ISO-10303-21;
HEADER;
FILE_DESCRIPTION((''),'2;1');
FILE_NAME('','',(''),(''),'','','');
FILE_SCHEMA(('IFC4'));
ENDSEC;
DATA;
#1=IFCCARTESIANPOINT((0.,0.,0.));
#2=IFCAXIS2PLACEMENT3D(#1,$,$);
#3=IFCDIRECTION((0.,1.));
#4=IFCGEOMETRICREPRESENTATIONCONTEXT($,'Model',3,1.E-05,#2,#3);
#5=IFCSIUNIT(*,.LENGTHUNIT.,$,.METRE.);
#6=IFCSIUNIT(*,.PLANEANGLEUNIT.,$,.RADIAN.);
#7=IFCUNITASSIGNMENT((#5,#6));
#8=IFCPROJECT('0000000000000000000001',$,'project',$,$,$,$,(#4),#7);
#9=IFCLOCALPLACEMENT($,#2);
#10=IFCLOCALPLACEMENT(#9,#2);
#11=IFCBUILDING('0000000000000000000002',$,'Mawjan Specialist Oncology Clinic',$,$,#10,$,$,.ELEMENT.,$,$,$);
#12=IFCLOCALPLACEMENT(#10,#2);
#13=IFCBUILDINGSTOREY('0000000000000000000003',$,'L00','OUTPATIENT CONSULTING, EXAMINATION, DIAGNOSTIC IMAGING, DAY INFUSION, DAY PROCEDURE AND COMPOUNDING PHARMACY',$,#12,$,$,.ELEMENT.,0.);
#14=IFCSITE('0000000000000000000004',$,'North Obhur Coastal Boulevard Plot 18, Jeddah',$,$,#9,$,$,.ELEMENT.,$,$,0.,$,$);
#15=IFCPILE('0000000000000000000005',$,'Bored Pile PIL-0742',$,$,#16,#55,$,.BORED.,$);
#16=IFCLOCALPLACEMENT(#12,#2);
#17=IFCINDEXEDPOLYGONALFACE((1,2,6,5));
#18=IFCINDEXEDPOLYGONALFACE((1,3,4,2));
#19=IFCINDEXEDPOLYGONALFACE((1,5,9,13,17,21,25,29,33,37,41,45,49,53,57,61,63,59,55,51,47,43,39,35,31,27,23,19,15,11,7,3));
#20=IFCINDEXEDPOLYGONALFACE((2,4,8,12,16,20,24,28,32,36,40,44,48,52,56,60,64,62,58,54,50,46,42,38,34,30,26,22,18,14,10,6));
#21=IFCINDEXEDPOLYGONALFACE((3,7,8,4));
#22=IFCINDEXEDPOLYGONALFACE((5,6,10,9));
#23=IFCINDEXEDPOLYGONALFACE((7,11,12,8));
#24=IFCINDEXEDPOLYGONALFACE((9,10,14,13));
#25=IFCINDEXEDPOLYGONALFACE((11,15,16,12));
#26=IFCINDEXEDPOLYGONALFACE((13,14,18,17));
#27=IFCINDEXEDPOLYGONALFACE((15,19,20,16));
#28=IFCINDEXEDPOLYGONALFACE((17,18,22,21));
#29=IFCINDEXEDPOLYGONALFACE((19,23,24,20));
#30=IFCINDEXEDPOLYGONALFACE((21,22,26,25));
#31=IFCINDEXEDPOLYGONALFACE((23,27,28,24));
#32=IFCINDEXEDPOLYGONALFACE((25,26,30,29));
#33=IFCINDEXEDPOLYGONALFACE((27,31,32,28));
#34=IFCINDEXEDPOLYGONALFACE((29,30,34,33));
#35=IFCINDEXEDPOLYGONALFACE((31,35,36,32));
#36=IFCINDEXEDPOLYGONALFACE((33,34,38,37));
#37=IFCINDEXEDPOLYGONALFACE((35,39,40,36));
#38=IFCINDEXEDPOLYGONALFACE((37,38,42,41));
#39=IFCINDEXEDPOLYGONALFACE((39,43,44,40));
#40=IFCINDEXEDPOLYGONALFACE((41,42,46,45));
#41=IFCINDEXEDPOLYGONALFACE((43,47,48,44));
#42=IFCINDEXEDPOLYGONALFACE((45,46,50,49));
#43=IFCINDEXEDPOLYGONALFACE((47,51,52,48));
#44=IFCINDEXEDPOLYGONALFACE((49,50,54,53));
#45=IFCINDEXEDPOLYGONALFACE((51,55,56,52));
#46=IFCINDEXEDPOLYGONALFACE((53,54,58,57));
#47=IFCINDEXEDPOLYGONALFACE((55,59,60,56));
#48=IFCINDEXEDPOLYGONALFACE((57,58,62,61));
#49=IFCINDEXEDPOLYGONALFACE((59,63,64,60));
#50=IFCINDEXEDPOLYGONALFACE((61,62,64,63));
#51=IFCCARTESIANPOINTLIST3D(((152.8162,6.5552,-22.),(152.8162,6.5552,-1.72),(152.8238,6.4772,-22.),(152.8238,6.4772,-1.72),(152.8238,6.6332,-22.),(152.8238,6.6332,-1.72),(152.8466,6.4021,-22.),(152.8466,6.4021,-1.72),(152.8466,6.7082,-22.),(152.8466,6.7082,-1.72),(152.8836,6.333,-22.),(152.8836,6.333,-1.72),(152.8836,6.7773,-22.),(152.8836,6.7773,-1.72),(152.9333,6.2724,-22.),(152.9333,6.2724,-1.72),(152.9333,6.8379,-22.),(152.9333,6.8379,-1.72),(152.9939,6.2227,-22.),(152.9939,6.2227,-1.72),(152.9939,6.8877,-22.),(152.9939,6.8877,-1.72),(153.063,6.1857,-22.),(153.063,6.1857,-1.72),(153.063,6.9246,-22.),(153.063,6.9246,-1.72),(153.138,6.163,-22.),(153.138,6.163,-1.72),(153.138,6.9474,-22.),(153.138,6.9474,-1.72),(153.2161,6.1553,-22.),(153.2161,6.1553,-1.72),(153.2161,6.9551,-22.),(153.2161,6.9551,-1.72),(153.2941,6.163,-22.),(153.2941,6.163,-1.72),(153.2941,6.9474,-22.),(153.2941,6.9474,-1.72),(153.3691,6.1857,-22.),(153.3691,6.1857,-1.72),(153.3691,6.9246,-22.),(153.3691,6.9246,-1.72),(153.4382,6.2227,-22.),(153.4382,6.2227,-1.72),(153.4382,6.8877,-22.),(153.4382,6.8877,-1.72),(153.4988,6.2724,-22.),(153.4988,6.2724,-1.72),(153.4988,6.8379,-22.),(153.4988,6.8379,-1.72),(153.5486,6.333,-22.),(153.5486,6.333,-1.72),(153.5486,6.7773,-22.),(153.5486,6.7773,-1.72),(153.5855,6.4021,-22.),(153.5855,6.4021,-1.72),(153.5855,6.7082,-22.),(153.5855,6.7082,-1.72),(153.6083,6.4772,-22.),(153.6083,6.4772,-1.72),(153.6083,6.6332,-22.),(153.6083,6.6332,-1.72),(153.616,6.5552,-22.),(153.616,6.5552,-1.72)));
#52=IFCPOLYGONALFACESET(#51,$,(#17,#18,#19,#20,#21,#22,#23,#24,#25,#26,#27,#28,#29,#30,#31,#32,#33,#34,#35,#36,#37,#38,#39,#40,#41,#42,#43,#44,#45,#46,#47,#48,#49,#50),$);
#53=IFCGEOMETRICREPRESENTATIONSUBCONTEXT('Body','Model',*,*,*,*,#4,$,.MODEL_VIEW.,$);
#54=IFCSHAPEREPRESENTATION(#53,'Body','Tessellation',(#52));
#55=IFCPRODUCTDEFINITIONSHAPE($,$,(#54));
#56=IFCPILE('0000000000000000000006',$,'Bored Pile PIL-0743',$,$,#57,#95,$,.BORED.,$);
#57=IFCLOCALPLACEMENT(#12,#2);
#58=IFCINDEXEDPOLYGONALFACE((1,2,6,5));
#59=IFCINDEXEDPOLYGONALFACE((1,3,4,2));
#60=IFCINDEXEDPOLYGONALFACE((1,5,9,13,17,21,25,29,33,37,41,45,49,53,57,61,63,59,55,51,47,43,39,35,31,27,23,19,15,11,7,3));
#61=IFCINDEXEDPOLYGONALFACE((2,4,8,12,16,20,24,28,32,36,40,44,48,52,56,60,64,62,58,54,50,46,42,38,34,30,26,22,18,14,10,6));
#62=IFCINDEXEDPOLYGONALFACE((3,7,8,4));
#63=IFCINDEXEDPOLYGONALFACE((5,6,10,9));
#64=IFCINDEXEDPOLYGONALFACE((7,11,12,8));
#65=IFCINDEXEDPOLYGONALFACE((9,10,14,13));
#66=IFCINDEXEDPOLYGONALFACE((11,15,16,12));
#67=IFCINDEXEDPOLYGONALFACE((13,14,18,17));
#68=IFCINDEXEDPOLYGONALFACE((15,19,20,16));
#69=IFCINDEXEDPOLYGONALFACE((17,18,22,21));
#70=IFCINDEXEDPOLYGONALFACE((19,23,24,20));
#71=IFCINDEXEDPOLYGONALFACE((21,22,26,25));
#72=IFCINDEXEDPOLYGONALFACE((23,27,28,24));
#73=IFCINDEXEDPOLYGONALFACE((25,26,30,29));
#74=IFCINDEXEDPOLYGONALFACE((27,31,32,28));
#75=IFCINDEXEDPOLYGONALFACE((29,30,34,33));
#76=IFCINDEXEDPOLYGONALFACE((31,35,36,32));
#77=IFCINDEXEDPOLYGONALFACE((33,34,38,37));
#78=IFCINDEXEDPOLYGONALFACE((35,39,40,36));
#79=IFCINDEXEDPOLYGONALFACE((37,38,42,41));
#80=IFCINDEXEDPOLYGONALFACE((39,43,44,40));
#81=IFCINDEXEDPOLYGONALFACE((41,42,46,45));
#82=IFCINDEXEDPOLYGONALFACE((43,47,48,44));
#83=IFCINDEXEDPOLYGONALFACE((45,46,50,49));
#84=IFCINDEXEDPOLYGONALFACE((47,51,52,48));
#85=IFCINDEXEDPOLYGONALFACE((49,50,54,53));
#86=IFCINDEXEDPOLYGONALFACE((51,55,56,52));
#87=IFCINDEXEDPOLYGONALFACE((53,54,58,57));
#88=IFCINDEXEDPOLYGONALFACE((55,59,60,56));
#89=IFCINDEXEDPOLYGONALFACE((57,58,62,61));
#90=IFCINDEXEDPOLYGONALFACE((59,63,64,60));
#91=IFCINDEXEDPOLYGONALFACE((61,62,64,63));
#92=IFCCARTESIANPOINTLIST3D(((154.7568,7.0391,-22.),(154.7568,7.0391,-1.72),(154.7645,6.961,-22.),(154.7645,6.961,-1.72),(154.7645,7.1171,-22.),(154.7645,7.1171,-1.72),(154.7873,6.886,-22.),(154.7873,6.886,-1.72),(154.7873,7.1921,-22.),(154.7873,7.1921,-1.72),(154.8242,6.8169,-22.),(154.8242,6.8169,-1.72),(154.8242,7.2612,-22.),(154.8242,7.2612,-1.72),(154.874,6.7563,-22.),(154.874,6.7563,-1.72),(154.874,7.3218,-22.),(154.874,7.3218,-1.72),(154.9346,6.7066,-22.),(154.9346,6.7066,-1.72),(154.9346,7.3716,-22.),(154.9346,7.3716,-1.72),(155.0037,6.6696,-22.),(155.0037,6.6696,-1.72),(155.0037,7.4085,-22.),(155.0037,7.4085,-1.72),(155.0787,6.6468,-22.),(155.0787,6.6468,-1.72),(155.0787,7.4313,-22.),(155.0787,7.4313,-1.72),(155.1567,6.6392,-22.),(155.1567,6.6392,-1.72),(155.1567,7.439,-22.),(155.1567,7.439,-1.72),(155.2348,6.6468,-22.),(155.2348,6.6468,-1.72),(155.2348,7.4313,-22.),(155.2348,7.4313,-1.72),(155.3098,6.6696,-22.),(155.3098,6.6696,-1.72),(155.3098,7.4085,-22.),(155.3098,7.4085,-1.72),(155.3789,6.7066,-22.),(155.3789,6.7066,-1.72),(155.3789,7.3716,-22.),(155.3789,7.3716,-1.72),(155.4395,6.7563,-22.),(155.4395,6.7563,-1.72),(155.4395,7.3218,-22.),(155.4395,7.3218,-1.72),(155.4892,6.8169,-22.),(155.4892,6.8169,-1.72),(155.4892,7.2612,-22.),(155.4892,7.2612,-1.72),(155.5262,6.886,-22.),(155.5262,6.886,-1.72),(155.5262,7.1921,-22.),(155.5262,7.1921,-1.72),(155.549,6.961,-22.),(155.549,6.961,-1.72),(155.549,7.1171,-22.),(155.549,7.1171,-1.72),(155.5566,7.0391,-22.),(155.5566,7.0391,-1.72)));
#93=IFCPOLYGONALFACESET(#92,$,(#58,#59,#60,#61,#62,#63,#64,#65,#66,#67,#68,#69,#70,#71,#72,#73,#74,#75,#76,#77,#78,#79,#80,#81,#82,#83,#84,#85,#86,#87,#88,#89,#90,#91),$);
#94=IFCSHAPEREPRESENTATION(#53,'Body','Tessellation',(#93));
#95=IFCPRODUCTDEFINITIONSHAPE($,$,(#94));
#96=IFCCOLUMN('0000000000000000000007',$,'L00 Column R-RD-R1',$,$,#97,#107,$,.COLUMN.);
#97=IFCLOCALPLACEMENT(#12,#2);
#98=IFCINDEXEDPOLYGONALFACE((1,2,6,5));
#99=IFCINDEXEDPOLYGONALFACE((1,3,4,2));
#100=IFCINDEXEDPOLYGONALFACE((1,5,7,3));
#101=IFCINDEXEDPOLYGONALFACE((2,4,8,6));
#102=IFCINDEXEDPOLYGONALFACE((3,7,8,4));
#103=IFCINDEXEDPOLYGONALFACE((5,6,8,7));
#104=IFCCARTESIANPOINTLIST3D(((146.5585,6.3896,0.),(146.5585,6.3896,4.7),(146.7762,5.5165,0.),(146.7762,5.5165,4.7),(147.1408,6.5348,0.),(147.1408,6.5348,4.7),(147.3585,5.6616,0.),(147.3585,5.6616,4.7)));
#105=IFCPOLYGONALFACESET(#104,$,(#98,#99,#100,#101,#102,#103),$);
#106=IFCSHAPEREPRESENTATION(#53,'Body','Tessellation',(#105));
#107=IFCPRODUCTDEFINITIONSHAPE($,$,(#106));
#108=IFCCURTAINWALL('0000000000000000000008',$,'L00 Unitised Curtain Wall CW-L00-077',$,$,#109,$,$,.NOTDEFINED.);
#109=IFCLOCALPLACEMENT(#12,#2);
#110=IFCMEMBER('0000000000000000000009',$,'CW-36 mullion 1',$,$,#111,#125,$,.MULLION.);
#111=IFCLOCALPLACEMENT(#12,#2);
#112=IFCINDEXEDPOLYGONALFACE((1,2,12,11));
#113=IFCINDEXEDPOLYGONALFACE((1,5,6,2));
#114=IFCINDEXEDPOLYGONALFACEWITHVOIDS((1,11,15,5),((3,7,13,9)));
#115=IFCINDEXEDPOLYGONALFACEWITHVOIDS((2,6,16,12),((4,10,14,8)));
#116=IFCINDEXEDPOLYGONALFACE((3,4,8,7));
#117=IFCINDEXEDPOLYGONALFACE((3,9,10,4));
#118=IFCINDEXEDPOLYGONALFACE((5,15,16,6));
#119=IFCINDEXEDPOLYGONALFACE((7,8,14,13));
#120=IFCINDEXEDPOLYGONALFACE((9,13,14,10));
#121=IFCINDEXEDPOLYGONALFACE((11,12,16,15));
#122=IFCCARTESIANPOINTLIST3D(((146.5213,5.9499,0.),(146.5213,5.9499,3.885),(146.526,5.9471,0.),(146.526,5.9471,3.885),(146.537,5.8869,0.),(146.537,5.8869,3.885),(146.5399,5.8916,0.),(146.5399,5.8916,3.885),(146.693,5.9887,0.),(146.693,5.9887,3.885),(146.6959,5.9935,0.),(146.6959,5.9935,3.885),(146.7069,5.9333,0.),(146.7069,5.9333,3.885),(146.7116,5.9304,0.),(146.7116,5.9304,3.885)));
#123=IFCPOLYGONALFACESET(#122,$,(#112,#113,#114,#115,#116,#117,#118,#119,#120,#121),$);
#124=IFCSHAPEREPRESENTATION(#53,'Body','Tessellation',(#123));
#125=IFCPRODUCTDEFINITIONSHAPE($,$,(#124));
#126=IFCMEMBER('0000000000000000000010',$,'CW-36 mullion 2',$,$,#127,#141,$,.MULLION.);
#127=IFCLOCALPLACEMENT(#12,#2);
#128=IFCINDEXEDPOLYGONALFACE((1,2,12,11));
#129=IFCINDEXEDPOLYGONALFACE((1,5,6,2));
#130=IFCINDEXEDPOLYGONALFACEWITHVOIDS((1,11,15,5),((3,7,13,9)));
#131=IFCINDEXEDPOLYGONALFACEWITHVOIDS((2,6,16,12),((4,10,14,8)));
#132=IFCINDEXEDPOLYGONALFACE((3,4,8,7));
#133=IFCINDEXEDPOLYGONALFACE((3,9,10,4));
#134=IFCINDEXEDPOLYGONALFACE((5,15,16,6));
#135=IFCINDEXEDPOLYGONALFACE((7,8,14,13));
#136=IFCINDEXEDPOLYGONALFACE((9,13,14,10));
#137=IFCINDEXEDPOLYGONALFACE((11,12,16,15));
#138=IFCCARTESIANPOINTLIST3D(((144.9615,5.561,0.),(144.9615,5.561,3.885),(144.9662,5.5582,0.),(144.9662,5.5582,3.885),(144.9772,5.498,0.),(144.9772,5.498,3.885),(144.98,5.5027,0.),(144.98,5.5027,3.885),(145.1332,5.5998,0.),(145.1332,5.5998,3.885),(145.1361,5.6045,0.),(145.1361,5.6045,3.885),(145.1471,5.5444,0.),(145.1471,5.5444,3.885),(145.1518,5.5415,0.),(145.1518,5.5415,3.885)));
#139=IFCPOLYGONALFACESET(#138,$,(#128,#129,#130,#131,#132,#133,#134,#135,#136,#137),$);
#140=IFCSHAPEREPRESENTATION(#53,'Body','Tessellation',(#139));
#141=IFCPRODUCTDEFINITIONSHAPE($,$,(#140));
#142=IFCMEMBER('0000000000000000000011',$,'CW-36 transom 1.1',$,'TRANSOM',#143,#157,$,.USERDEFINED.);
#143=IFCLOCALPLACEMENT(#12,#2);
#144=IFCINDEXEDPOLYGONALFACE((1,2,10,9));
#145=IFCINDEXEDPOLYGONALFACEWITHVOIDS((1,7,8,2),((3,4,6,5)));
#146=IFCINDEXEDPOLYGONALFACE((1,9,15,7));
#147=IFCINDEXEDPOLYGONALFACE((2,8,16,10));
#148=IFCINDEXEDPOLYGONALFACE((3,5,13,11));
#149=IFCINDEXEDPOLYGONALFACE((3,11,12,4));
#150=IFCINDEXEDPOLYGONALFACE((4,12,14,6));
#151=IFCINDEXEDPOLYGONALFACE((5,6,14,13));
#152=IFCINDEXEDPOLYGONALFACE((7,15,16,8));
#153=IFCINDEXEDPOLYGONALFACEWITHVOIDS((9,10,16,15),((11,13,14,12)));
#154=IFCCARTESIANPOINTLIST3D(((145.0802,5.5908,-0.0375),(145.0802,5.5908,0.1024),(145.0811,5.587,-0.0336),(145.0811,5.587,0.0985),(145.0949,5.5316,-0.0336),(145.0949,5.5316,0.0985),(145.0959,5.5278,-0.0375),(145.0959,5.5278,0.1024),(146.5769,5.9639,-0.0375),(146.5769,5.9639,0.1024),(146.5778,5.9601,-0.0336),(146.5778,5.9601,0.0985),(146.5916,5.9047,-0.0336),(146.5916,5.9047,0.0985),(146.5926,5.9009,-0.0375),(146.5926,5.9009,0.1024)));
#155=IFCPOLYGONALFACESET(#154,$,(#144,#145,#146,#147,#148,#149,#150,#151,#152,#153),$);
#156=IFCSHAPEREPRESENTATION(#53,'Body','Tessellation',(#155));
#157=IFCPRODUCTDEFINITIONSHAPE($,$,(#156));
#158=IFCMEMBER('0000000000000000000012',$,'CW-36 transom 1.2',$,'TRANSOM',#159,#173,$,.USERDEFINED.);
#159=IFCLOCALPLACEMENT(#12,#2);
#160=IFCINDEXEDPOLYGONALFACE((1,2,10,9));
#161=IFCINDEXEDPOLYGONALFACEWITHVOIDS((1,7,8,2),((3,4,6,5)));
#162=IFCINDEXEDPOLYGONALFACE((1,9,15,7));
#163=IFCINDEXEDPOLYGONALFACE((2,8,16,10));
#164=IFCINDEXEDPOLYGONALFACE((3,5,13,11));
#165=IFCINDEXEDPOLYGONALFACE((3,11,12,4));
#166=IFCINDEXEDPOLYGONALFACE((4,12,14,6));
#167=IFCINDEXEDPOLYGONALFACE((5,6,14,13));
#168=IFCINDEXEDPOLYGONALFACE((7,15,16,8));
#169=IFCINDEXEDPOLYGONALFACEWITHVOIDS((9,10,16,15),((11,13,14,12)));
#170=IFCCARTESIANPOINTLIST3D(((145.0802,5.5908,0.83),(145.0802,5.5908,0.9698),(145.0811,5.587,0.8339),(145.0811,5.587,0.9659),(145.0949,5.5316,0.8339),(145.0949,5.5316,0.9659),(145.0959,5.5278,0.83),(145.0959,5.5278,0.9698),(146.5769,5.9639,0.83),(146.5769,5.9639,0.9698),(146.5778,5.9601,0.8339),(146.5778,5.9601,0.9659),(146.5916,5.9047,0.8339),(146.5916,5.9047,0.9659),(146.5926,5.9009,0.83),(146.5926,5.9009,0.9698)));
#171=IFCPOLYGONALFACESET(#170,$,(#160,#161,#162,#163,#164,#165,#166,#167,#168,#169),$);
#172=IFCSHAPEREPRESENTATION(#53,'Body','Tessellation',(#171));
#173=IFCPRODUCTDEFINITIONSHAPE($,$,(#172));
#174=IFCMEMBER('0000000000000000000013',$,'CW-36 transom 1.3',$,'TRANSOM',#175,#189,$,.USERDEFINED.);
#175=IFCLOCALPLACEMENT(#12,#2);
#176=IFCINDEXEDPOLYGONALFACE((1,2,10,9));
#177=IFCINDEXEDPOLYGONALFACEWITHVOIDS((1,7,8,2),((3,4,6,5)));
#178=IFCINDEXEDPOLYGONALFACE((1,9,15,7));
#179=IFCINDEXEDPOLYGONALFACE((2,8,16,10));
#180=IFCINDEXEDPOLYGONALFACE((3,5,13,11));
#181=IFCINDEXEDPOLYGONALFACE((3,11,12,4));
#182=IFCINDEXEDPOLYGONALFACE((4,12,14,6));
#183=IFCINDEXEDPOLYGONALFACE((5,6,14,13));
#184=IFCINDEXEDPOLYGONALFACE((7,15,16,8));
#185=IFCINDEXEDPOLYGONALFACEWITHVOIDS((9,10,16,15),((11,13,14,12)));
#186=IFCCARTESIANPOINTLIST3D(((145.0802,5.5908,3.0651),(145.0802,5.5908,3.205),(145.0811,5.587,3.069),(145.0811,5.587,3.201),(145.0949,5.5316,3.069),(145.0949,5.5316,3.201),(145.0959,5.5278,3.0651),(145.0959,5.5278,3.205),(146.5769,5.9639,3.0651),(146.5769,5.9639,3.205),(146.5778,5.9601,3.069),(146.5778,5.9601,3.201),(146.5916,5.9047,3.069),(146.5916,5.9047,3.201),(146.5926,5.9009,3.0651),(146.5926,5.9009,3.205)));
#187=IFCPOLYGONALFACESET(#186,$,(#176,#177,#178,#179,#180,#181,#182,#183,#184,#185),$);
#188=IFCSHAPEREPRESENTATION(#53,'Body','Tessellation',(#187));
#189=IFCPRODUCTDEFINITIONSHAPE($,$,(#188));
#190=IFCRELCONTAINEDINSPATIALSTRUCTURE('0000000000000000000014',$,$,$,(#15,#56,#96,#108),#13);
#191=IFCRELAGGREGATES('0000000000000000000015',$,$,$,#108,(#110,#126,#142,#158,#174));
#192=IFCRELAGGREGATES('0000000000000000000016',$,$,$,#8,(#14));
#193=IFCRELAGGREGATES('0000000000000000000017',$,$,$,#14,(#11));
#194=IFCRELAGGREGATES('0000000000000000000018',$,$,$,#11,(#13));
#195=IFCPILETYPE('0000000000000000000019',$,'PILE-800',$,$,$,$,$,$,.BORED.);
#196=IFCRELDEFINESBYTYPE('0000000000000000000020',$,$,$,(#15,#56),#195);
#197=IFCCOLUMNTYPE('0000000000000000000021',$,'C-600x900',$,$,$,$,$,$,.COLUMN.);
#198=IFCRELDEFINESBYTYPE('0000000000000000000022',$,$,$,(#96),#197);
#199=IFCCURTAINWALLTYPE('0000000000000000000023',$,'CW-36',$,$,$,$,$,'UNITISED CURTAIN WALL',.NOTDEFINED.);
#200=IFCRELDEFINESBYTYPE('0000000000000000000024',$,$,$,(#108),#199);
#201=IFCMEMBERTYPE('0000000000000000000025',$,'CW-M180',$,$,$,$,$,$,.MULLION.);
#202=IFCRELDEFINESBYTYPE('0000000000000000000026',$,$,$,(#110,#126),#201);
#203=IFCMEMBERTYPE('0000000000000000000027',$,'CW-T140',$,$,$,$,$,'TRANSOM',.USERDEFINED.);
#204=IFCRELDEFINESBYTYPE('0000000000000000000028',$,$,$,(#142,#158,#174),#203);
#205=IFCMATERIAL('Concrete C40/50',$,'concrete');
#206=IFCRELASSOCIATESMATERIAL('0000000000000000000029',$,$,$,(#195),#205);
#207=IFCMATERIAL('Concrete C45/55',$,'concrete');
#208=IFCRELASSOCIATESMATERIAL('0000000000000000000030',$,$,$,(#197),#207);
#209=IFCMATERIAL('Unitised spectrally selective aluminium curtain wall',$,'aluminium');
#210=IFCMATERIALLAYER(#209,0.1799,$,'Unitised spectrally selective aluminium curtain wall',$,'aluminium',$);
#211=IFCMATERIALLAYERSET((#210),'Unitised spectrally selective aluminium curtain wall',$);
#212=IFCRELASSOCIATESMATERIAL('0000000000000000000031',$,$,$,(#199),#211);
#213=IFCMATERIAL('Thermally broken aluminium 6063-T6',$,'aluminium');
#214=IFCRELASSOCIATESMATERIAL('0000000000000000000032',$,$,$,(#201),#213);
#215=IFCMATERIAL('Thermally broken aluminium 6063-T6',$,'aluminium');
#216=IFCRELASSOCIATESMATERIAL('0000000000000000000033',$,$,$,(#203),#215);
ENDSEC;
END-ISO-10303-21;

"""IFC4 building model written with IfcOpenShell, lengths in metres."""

from ifc_helpers import new_model, si_unit, direction, frame, origin, origin_2d, place, context, subcontext, project, spatial, rectangle, hollow_rectangle, circle, extrude, material, layer, layer_set, material_profile, profile_set, type_object, element, aggregate, save


model = new_model("IFC4")

# Units and contexts
model_context = context("Model", 3, precision=1e-05, world=origin(), true_north=direction((0.0, 1.0)))
body_context = subcontext(model_context, "Body", "Model", "MODEL_VIEW")
ifc_project = project(units=[si_unit("LENGTHUNIT", "METRE"), si_unit("PLANEANGLEUNIT", "RADIAN")], contexts=[model_context])

# Site, building, storey
site_placement = place(None, origin())
site = spatial("IfcSite", under=ifc_project, at=site_placement, Name="North Obhur Coastal Boulevard Plot 18, Jeddah", CompositionType="ELEMENT", RefElevation=0.0)
building_placement = place(site_placement, origin())
building = spatial("IfcBuilding", under=site, at=building_placement, Name="Mawjan Specialist Oncology Clinic", CompositionType="ELEMENT")
storey_placement = place(building_placement, origin())
storey = spatial("IfcBuildingStorey", under=building, at=storey_placement, Name="L00", Description="OUTPATIENT CONSULTING, EXAMINATION, DIAGNOSTIC IMAGING, DAY INFUSION, DAY PROCEDURE AND COMPOUNDING PHARMACY", CompositionType="ELEMENT", Elevation=0.0)

# Piles
ifc_material_1 = material(Name="Concrete C40/50", Category="concrete")
ifc_material_profile_1 = material_profile(ifc_material_1, circle(Radius=0.3999, at=origin_2d()), Name="BORED PILE D800", Category="concrete")
ifc_profile_set_1 = profile_set([ifc_material_profile_1], Name="Concrete C40/50")
pile_type_1 = type_object("IfcPileType", Name="PILE-800", PredefinedType="BORED", material=ifc_profile_set_1)
for number, where, z_axis, x_axis, name in (
    (1, (153.2161, 6.5552, -1.72), (0.0, 0.0, -1.0), (1.0, 0.0, 0.0), "Bored Pile PIL-0742"),
    (2, (155.1567, 7.0391, -1.72), (0.0, 0.0, -1.0), (1.0, 0.0, 0.0), "Bored Pile PIL-0743"),
):
    element("IfcPile", number, at=place(storey_placement, frame(where, z_axis=z_axis, x_axis=x_axis)), inside=storey, type_object=pile_type_1, Name=name, PredefinedType="BORED", context=body_context, shape_type="SweptSolid", body=[
        extrude(circle(Radius=0.3999, at=origin_2d()), origin(), (0.0, 0.0, 1.0), 20.28),
    ])

# Column
ifc_material_2 = material(Name="Concrete C45/55", Category="concrete")
ifc_material_profile_2 = material_profile(ifc_material_2, rectangle(XDim=0.6001, YDim=0.8999, at=origin_2d()), Name="RC COL 600x900", Category="concrete")
ifc_profile_set_2 = profile_set([ifc_material_profile_2], Name="Concrete C45/55")
column_type = type_object("IfcColumnType", Name="C-600x900", PredefinedType="COLUMN", material=ifc_profile_set_2)
column_placement = place(storey_placement, frame((146.9585, 6.0256, 0.0), z_axis=(0.0, 0.0, 1.0), x_axis=(0.970296, 0.241922, 0.0)))
element("IfcColumn", 3, at=column_placement, inside=storey, type_object=column_type, Name="L00 Column R-RD-R1", PredefinedType="COLUMN", context=body_context, shape_type="SweptSolid", body=[
    extrude(rectangle(XDim=0.6001, YDim=0.8999, at=origin_2d()), origin(), (0.0, 0.0, 1.0), 4.7),
])

# Curtain wall, members
ifc_material_3 = material(Name="Unitised spectrally selective aluminium curtain wall", Category="aluminium")
ifc_layer_1 = layer(ifc_material_3, 0.1799, Name="Unitised spectrally selective aluminium curtain wall", Category="aluminium")
ifc_layer_set_1 = layer_set([ifc_layer_1], Name="Unitised spectrally selective aluminium curtain wall")
curtain_wall_type = type_object("IfcCurtainWallType", Name="CW-36", ElementType="UNITISED CURTAIN WALL", PredefinedType="NOTDEFINED", material=ifc_layer_set_1)
curtain_wall_placement = place(storey_placement, origin())
curtain_wall = element("IfcCurtainWall", 4, at=curtain_wall_placement, inside=storey, type_object=curtain_wall_type, Name="L00 Unitised Curtain Wall CW-L00-077", PredefinedType="NOTDEFINED")
ifc_material_4 = material(Name="Thermally broken aluminium 6063-T6", Category="aluminium")
ifc_material_profile_3 = material_profile(ifc_material_4, hollow_rectangle(XDim=0.0649, YDim=0.1799, WallThickness=0.0039, at=origin_2d()), Name="ALU MULLION 180x65x4", Category="aluminium")
ifc_profile_set_3 = profile_set([ifc_material_profile_3], Name="Thermally broken aluminium 6063-T6")
member_type_1 = type_object("IfcMemberType", Name="CW-M180", PredefinedType="MULLION", material=ifc_profile_set_3)
member_1_placement = place(storey_placement, frame((146.6165, 5.9402, 0.0), z_axis=(0.0, 0.0, 1.0), x_axis=(0.241922, -0.970296, 0.0)))
member_1 = element("IfcMember", 5, at=member_1_placement, type_object=member_type_1, Name="CW-36 mullion 1", PredefinedType="MULLION", context=body_context, shape_type="SweptSolid", body=[
    extrude(hollow_rectangle(XDim=0.0649, YDim=0.1799, WallThickness=0.0039, at=origin_2d()), origin(), (0.0, 0.0, 1.0), 3.885),
])
member_2_placement = place(storey_placement, frame((145.0566, 5.5513, 0.0), z_axis=(0.0, 0.0, 1.0), x_axis=(0.241922, -0.970296, 0.0)))
member_2 = element("IfcMember", 6, at=member_2_placement, type_object=member_type_1, Name="CW-36 mullion 2", PredefinedType="MULLION", context=body_context, shape_type="SweptSolid", body=[
    extrude(hollow_rectangle(XDim=0.0649, YDim=0.1799, WallThickness=0.0039, at=origin_2d()), origin(), (0.0, 0.0, 1.0), 3.885),
])
ifc_material_5 = material(Name="Thermally broken aluminium 6063-T6", Category="aluminium")
ifc_material_profile_4 = material_profile(ifc_material_5, hollow_rectangle(XDim=0.0649, YDim=0.1399, WallThickness=0.0039, at=origin_2d()), Name="ALU TRANSOM 140x65x4", Category="aluminium")
ifc_profile_set_4 = profile_set([ifc_material_profile_4], Name="Thermally broken aluminium 6063-T6")
member_type_2 = type_object("IfcMemberType", Name="CW-T140", ElementType="TRANSOM", PredefinedType="USERDEFINED", material=ifc_profile_set_4)
member_3_placement = place(storey_placement, frame((146.5847, 5.9324, 0.0325), z_axis=(-0.97031, -0.241865, 0.0), x_axis=(0.241865, -0.97031, 0.0)))
member_3 = element("IfcMember", 7, at=member_3_placement, type_object=member_type_2, Name="CW-36 transom 1.1", ObjectType="TRANSOM", PredefinedType="USERDEFINED", context=body_context, shape_type="SweptSolid", body=[
    extrude(hollow_rectangle(XDim=0.0649, YDim=0.1399, WallThickness=0.0039, at=origin_2d()), origin(), (0.0, 0.0, 1.0), 1.5425),
])
member_4_placement = place(storey_placement, frame((146.5847, 5.9324, 0.8999), z_axis=(-0.97031, -0.241865, 0.0), x_axis=(0.241865, -0.97031, 0.0)))
member_4 = element("IfcMember", 8, at=member_4_placement, type_object=member_type_2, Name="CW-36 transom 1.2", ObjectType="TRANSOM", PredefinedType="USERDEFINED", context=body_context, shape_type="SweptSolid", body=[
    extrude(hollow_rectangle(XDim=0.0649, YDim=0.1399, WallThickness=0.0039, at=origin_2d()), origin(), (0.0, 0.0, 1.0), 1.5425),
])
member_5_placement = place(storey_placement, frame((146.5847, 5.9324, 3.135), z_axis=(-0.97031, -0.241865, 0.0), x_axis=(0.241865, -0.97031, 0.0)))
member_5 = element("IfcMember", 9, at=member_5_placement, type_object=member_type_2, Name="CW-36 transom 1.3", ObjectType="TRANSOM", PredefinedType="USERDEFINED", context=body_context, shape_type="SweptSolid", body=[
    extrude(hollow_rectangle(XDim=0.0649, YDim=0.1399, WallThickness=0.0039, at=origin_2d()), origin(), (0.0, 0.0, 1.0), 1.5425),
])
aggregate(curtain_wall, [member_1, member_2, member_3, member_4, member_5])

save(model, "model.ifc")
